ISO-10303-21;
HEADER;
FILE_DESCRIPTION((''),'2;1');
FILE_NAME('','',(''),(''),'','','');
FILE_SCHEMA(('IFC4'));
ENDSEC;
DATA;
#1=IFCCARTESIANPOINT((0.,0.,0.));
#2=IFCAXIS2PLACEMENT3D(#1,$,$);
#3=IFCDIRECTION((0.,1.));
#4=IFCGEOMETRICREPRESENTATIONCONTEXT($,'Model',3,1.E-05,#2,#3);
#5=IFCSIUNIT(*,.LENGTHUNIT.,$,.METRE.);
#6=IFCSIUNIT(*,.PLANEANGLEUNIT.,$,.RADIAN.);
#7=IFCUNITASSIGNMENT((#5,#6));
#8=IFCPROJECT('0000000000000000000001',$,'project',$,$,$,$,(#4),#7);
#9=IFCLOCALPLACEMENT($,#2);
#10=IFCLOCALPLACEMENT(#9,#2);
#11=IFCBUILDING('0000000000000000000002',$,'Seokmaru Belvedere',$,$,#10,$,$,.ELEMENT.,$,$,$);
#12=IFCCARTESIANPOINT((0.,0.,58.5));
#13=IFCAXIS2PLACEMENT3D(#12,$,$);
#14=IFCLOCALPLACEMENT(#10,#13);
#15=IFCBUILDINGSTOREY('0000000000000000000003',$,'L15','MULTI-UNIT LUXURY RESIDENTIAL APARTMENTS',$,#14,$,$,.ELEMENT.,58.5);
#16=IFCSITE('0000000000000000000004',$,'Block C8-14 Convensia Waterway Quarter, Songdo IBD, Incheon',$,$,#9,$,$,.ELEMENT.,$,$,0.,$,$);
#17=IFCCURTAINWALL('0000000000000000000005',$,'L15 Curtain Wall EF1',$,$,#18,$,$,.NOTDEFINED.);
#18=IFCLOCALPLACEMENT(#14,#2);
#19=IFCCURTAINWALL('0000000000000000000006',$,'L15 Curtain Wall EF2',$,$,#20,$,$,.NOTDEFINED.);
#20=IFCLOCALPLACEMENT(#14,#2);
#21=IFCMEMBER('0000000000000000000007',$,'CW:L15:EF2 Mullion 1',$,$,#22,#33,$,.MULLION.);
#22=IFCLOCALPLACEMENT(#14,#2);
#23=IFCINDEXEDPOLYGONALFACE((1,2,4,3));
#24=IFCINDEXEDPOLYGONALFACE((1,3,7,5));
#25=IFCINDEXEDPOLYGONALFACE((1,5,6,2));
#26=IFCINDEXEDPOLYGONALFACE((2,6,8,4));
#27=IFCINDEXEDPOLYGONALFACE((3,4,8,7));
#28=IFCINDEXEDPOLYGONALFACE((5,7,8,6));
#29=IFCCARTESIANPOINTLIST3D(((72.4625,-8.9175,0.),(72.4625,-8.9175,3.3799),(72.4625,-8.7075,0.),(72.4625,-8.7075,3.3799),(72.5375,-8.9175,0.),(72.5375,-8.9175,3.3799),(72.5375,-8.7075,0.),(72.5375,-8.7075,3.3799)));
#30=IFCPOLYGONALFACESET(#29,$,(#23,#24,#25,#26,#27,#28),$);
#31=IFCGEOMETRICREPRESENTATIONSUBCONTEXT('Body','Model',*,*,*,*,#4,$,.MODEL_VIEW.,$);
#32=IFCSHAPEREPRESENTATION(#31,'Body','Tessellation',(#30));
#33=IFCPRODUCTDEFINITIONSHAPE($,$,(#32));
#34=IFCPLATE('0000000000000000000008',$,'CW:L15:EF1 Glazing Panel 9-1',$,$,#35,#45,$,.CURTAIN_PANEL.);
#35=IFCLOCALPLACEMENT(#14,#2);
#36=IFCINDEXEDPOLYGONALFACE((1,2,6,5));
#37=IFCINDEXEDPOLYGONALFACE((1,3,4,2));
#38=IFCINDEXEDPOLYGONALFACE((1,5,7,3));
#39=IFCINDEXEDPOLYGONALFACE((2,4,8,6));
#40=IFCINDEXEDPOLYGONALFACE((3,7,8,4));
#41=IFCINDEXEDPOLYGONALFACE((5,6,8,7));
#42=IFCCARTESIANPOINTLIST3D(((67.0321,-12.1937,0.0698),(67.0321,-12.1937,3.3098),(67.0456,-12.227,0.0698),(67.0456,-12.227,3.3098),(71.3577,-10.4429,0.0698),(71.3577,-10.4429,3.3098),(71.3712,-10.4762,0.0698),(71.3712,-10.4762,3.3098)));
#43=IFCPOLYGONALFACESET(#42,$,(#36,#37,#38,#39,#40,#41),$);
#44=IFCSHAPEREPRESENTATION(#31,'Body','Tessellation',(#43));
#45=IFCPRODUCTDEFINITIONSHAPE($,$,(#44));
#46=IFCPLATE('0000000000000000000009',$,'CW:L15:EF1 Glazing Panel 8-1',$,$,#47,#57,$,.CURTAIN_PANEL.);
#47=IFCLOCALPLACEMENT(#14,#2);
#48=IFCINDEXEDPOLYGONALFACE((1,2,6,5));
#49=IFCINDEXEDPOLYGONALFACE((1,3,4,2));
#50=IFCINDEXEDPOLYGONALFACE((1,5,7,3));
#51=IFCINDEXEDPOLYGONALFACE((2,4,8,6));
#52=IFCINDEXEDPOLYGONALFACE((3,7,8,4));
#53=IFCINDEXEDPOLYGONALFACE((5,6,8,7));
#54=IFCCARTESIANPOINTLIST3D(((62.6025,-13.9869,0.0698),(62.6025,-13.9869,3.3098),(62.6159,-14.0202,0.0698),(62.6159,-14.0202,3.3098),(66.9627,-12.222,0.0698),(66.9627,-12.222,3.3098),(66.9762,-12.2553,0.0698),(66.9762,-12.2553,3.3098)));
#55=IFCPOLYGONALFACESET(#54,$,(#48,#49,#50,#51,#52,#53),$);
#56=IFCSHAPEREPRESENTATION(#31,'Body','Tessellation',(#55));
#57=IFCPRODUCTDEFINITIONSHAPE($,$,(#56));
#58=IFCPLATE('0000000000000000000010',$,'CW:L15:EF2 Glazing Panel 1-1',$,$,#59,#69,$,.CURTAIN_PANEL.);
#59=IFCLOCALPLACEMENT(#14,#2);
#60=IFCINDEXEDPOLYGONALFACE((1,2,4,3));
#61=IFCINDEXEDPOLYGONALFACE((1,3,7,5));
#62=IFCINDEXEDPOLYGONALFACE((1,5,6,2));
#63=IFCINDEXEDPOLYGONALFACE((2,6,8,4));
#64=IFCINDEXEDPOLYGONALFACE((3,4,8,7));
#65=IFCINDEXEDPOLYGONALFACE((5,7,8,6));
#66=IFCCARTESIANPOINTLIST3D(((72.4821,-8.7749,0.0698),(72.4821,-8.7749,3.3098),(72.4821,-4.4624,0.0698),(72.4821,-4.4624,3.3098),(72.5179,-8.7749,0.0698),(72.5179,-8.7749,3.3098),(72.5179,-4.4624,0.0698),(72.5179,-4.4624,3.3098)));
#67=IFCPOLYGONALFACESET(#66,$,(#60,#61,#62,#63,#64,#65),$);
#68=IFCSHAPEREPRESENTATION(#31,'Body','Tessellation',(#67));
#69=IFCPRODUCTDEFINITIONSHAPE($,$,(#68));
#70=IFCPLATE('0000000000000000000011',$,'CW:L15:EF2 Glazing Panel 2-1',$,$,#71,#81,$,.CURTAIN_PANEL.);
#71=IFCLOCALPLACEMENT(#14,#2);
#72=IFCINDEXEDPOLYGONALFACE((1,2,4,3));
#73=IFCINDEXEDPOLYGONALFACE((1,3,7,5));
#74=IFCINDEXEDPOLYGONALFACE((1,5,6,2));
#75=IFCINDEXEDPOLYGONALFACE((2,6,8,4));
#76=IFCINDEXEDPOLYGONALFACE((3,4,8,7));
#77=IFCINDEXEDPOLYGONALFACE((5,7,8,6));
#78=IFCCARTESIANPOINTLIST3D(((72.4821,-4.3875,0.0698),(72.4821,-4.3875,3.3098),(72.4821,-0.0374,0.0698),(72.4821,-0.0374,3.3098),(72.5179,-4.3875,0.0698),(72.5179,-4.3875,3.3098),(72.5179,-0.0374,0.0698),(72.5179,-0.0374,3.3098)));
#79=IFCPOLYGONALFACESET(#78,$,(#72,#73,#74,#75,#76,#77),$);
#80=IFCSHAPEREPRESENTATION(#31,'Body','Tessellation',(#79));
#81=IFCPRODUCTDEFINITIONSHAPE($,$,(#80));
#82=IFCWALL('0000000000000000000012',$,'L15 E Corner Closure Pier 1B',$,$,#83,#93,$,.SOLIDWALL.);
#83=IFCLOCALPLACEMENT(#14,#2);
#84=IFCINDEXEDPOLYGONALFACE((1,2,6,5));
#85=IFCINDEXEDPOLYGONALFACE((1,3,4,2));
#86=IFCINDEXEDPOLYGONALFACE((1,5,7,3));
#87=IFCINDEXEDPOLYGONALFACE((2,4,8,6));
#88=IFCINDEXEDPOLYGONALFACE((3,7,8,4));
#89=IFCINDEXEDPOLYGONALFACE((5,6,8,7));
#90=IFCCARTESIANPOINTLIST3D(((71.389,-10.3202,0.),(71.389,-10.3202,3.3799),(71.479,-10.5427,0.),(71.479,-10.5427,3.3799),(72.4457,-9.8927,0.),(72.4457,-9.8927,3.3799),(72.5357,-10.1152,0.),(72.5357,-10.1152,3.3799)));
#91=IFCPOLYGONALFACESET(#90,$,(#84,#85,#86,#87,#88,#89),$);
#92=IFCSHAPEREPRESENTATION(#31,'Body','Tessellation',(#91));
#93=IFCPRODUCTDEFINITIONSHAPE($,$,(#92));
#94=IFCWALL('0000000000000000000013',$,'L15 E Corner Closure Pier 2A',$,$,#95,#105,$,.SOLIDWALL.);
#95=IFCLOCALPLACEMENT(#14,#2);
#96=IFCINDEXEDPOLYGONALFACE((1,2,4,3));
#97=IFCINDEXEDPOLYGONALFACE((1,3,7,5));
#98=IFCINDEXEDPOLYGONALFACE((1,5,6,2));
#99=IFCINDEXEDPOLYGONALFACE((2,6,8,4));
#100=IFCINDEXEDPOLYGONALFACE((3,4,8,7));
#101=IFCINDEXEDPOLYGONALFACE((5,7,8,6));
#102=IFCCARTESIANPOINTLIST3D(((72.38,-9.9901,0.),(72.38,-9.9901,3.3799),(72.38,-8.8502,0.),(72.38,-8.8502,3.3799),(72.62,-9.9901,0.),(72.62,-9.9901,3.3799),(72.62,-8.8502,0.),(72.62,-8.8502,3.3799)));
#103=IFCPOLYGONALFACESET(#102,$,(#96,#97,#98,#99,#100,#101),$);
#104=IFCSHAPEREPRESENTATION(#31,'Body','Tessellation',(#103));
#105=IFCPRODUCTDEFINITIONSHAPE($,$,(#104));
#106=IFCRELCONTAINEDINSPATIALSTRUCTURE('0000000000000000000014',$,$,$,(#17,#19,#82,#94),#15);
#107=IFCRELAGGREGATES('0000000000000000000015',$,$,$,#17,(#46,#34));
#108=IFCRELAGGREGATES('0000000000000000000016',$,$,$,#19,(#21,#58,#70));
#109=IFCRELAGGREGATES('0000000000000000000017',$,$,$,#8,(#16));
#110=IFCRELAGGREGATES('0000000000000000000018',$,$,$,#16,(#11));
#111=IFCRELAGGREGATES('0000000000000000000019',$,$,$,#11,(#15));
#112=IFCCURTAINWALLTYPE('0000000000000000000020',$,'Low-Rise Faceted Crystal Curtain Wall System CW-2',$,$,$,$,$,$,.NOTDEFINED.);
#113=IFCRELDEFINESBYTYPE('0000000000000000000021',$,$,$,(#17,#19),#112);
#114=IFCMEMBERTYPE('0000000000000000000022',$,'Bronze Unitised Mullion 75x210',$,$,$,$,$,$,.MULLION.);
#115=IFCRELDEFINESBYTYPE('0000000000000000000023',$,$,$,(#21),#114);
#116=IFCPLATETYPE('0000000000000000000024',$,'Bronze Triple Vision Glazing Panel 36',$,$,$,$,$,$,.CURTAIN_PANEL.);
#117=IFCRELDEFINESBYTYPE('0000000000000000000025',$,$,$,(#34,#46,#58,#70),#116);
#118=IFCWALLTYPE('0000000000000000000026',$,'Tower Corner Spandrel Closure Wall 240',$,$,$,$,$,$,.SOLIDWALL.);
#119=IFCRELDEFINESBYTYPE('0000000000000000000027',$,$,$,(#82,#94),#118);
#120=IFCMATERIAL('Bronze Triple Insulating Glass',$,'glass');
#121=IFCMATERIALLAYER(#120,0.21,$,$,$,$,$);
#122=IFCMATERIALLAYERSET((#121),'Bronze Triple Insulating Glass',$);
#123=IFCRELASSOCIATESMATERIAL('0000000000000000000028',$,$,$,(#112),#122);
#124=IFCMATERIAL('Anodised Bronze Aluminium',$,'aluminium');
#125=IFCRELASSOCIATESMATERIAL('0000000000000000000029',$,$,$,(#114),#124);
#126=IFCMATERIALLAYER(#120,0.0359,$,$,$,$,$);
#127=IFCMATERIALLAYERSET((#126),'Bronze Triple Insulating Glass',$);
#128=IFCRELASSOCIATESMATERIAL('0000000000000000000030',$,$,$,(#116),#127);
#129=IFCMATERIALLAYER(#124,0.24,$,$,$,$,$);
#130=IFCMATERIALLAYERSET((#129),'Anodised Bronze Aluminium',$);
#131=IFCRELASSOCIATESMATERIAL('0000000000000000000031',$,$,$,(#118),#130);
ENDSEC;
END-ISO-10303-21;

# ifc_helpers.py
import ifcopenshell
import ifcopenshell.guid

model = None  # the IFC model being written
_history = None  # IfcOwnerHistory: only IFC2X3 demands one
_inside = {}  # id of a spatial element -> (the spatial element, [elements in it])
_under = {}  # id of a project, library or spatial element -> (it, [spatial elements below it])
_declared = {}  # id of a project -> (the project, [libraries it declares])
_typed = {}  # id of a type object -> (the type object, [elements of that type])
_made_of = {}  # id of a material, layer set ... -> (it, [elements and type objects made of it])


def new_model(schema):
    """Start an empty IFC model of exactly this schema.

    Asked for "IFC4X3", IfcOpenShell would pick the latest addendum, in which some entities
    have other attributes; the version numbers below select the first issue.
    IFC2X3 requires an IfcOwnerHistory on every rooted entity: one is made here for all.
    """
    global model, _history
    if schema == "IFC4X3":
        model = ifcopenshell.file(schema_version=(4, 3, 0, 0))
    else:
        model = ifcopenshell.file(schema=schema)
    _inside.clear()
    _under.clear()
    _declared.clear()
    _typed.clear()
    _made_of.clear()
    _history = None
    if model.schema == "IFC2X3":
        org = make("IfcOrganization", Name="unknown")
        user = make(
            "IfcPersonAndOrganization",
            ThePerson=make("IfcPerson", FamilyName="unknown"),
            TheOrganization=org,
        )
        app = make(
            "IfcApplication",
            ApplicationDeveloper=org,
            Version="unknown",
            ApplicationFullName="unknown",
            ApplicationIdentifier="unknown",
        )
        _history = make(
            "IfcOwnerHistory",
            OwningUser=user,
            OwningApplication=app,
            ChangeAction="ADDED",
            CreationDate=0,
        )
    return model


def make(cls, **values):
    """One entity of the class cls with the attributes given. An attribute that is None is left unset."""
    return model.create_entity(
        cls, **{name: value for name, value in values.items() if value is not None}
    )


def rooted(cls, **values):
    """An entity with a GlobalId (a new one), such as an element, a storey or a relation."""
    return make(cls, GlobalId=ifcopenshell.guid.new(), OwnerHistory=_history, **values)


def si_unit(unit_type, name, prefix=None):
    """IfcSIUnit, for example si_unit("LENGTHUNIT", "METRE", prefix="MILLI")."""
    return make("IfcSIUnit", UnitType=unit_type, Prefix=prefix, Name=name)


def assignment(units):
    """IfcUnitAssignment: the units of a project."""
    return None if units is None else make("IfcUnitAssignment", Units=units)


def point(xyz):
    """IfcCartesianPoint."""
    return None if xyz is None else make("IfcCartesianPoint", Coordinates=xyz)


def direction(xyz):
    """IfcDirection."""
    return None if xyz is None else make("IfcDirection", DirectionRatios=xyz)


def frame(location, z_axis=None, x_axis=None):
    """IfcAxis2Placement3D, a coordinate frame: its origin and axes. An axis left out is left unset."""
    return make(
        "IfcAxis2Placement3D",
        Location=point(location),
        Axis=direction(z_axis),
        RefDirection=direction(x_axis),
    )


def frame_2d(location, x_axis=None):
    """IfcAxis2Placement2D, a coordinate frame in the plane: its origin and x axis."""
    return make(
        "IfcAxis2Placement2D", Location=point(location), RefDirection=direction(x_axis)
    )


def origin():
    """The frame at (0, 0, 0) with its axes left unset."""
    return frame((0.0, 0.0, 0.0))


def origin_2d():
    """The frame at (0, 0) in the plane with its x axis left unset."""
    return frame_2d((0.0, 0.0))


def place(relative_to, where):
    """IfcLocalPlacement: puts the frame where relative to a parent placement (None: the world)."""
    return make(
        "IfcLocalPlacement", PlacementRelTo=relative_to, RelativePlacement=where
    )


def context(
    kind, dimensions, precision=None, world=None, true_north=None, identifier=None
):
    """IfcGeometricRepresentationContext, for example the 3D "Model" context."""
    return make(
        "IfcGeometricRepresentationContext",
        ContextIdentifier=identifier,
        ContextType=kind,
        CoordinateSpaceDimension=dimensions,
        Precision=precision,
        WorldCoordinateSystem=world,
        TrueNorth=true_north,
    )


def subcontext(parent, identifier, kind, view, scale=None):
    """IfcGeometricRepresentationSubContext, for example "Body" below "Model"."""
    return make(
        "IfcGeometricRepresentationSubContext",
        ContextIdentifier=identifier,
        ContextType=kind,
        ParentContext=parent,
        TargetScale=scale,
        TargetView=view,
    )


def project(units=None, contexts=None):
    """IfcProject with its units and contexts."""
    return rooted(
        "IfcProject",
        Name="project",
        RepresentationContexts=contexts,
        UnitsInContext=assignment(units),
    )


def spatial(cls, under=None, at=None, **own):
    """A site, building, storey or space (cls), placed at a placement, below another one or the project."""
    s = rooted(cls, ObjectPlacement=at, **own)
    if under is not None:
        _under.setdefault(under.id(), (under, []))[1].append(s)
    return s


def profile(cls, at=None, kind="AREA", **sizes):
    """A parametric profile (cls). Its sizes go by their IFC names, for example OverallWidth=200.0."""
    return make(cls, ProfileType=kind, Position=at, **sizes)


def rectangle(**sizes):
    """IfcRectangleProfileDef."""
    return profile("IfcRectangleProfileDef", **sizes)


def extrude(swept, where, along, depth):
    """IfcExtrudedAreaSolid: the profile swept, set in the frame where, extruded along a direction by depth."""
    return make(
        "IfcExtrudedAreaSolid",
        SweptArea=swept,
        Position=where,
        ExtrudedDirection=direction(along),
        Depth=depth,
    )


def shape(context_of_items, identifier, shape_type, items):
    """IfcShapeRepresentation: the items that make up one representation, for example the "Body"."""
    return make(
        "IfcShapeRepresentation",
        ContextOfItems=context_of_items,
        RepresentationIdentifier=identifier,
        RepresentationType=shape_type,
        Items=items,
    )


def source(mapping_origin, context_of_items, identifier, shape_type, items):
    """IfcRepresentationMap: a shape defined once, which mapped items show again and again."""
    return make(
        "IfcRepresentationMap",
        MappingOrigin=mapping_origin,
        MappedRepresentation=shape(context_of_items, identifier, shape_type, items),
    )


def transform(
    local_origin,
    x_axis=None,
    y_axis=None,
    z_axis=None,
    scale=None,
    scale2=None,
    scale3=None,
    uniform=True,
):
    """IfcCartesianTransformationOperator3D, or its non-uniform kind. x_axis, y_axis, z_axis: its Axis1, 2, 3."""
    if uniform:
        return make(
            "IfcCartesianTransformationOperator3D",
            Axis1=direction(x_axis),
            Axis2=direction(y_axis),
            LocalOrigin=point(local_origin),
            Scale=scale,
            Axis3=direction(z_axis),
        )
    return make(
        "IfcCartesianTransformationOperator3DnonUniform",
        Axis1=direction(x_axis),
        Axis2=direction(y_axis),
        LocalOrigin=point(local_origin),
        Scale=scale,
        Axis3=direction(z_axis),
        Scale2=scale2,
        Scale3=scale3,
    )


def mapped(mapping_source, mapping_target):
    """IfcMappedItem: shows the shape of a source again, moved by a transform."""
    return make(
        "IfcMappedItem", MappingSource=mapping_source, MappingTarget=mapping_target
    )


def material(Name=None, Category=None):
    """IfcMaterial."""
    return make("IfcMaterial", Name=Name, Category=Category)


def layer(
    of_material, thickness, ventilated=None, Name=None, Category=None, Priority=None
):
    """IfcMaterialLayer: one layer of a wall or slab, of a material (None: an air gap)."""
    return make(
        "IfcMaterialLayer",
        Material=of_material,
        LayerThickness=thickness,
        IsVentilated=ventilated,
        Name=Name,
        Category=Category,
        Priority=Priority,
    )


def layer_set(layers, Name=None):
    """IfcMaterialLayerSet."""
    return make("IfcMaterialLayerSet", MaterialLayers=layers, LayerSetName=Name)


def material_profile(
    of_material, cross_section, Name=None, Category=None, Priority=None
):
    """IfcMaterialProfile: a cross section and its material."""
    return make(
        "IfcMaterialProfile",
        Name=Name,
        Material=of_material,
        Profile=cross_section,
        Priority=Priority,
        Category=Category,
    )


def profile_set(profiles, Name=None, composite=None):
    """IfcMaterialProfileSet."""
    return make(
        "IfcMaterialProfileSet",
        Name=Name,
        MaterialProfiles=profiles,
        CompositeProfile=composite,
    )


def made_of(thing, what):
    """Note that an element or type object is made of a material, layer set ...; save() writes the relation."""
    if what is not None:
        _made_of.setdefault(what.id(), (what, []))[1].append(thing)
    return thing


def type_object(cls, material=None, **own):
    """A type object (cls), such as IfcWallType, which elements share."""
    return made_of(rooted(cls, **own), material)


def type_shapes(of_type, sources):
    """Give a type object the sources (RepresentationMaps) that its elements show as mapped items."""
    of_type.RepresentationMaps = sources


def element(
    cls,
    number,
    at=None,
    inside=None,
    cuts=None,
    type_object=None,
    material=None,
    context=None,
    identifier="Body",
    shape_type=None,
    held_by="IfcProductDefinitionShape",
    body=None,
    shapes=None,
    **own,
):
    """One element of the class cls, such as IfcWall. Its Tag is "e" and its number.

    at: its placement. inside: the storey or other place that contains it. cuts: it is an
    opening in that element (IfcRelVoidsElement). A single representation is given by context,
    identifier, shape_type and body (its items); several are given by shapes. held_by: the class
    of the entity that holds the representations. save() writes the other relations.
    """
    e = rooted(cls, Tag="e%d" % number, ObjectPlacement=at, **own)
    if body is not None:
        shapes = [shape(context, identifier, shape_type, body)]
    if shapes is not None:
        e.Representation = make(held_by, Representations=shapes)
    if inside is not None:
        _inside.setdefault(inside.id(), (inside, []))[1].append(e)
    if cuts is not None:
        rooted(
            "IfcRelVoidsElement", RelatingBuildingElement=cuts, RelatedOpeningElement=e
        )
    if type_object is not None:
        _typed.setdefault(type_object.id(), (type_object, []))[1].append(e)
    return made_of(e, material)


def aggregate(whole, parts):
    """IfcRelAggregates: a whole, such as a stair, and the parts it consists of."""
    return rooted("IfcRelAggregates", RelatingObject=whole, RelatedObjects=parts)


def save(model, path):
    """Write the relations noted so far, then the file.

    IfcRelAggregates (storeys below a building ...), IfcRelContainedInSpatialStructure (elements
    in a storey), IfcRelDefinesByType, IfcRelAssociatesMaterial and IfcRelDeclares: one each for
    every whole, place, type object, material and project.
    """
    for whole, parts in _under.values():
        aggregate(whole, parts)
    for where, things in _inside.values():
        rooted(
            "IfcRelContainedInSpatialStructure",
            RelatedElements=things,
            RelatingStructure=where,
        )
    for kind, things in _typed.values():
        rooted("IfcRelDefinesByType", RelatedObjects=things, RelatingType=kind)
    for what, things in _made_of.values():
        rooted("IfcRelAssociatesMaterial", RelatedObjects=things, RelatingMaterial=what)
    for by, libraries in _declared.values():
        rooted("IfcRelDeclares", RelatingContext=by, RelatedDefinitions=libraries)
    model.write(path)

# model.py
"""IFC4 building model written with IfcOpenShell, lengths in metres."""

from ifc_helpers import new_model, si_unit, direction, frame, frame_2d, origin, origin_2d, place, context, subcontext, project, spatial, rectangle, extrude, source, transform, mapped, material, layer, layer_set, material_profile, profile_set, type_object, type_shapes, element, aggregate, save


model = new_model("IFC4")

# Units and contexts
model_context = context("Model", 3, precision=1e-05, world=origin(), true_north=direction((0.0, 1.0)))
body_context = subcontext(model_context, "Body", "Model", "MODEL_VIEW")
ifc_project = project(units=[si_unit("LENGTHUNIT", "METRE"), si_unit("PLANEANGLEUNIT", "RADIAN")], contexts=[model_context])

# Site, building, storey
site_placement = place(None, origin())
site = spatial("IfcSite", under=ifc_project, at=site_placement, Name="Block C8-14 Convensia Waterway Quarter, Songdo IBD, Incheon", CompositionType="ELEMENT", RefElevation=0.0)
building_placement = place(site_placement, origin())
building = spatial("IfcBuilding", under=site, at=building_placement, Name="Seokmaru Belvedere", CompositionType="ELEMENT")
storey_placement = place(building_placement, frame((0.0, 0.0, 58.5)))
storey = spatial("IfcBuildingStorey", under=building, at=storey_placement, Name="L15", Description="MULTI-UNIT LUXURY RESIDENTIAL APARTMENTS", CompositionType="ELEMENT", Elevation=58.5)

# Curtain walls
ifc_material_1 = material(Name="Bronze Triple Insulating Glass", Category="glass")
ifc_layer_1 = layer(ifc_material_1, 0.21)
ifc_layer_set_1 = layer_set([ifc_layer_1], Name="Bronze Triple Insulating Glass")
curtain_wall_type = type_object("IfcCurtainWallType", Name="Low-Rise Faceted Crystal Curtain Wall System CW-2", PredefinedType="NOTDEFINED", material=ifc_layer_set_1)
curtain_wall_1_placement = place(storey_placement, origin())
curtain_wall_1 = element("IfcCurtainWall", 1, at=curtain_wall_1_placement, inside=storey, type_object=curtain_wall_type, Name="L15 Curtain Wall EF1", PredefinedType="NOTDEFINED")
ifc_material_2 = material(Name="Anodised Bronze Aluminium", Category="aluminium")
ifc_material_profile_1 = material_profile(ifc_material_2, rectangle(XDim=0.075, YDim=0.21, at=origin_2d()), Name="CW-M-75x210")
ifc_profile_set_1 = profile_set([ifc_material_profile_1], Name="Anodised Bronze Aluminium")
member_type_1 = type_object("IfcMemberType", Name="Bronze Unitised Mullion 75x210", PredefinedType="MULLION", material=ifc_profile_set_1)
curtain_wall_2_placement = place(storey_placement, origin())
curtain_wall_2 = element("IfcCurtainWall", 2, at=curtain_wall_2_placement, inside=storey, type_object=curtain_wall_type, Name="L15 Curtain Wall EF2", PredefinedType="NOTDEFINED")

# Member
shared_shape_1 = source(origin(), body_context, "Body", "SweptSolid", [
    extrude(rectangle(XDim=0.075, YDim=0.21, at=origin_2d()), origin(), (0.0, 0.0, 1.0), 3.3799),
])
member_1_placement = place(storey_placement, frame((72.5, -8.8125, 0.0), z_axis=(0.0, 0.0, 1.0), x_axis=(-1.0, 0.0, 0.0)))
member_1 = element("IfcMember", 3, at=member_1_placement, type_object=member_type_1, Name="CW:L15:EF2 Mullion 1", PredefinedType="MULLION", context=body_context, shape_type="MappedRepresentation", body=[
    mapped(shared_shape_1, transform((0.0, 0.0, 0.0), scale=1.0)),
])

# Plates
ifc_layer_2 = layer(ifc_material_1, 0.0359)
ifc_layer_set_2 = layer_set([ifc_layer_2], Name="Bronze Triple Insulating Glass")
plate_type = type_object("IfcPlateType", Name="Bronze Triple Vision Glazing Panel 36", PredefinedType="CURTAIN_PANEL", material=ifc_layer_set_2)
shared_shape_2 = source(origin(), body_context, "Body", "SweptSolid", [
    extrude(rectangle(XDim=4.6665, YDim=0.0359, at=origin_2d()), origin(), (0.0, 0.0, 1.0), 3.24),
])
plate_1_placement = place(storey_placement, frame((69.2017, -11.335, 0.0698), z_axis=(0.0, 0.0, 1.0), x_axis=(0.926947, 0.375192, 0.0)))
plate_1 = element("IfcPlate", 4, at=plate_1_placement, type_object=plate_type, Name="CW:L15:EF1 Glazing Panel 9-1", PredefinedType="CURTAIN_PANEL", context=body_context, shape_type="MappedRepresentation", body=[
    mapped(shared_shape_2, transform((0.0, 0.0, 0.0), scale=1.0)),
])
shared_shape_3 = source(origin(), body_context, "Body", "SweptSolid", [
    extrude(rectangle(XDim=4.7039, YDim=0.0359, at=origin_2d()), origin(), (0.0, 0.0, 1.0), 3.24),
])
plate_2_placement = place(storey_placement, frame((64.7893, -13.1211, 0.0698), z_axis=(0.0, 0.0, 1.0), x_axis=(0.926947, 0.375192, 0.0)))
plate_2 = element("IfcPlate", 5, at=plate_2_placement, type_object=plate_type, Name="CW:L15:EF1 Glazing Panel 8-1", PredefinedType="CURTAIN_PANEL", context=body_context, shape_type="MappedRepresentation", body=[
    mapped(shared_shape_3, transform((0.0, 0.0, 0.0), scale=1.0)),
])
aggregate(curtain_wall_1, [plate_2, plate_1])
shared_shape_4 = source(origin(), body_context, "Body", "SweptSolid", [
    extrude(rectangle(XDim=4.3125, YDim=0.0359, at=origin_2d()), origin(), (0.0, 0.0, 1.0), 3.24),
])
plate_3_placement = place(storey_placement, frame((72.5, -6.6187, 0.0698), z_axis=(0.0, 0.0, 1.0), x_axis=(0.0, 1.0, 0.0)))
plate_3 = element("IfcPlate", 6, at=plate_3_placement, type_object=plate_type, Name="CW:L15:EF2 Glazing Panel 1-1", PredefinedType="CURTAIN_PANEL", context=body_context, shape_type="MappedRepresentation", body=[
    mapped(shared_shape_4, transform((0.0, 0.0, 0.0), scale=1.0)),
])
shared_shape_5 = source(origin(), body_context, "Body", "SweptSolid", [
    extrude(rectangle(XDim=4.3501, YDim=0.0359, at=origin_2d()), origin(), (0.0, 0.0, 1.0), 3.24),
])
type_shapes(plate_type, [shared_shape_2, shared_shape_3, shared_shape_4, shared_shape_5])
plate_4_placement = place(storey_placement, frame((72.5, -2.2124, 0.0698), z_axis=(0.0, 0.0, 1.0), x_axis=(0.0, 1.0, 0.0)))
plate_4 = element("IfcPlate", 7, at=plate_4_placement, type_object=plate_type, Name="CW:L15:EF2 Glazing Panel 2-1", PredefinedType="CURTAIN_PANEL", context=body_context, shape_type="MappedRepresentation", body=[
    mapped(shared_shape_5, transform((0.0, 0.0, 0.0), scale=1.0)),
])
aggregate(curtain_wall_2, [member_1, plate_3, plate_4])

# Walls
ifc_layer_3 = layer(ifc_material_2, 0.24)
ifc_layer_set_3 = layer_set([ifc_layer_3], Name="Anodised Bronze Aluminium")
wall_type = type_object("IfcWallType", Name="Tower Corner Spandrel Closure Wall 240", PredefinedType="SOLIDWALL", material=ifc_layer_set_3)
for number, where, z_axis, x_axis, name in (
    (8, (71.4341, -10.4314, 0.0), (0.0, 0.0, 1.0), (0.927007, 0.375044, 0.0), "L15 E Corner Closure Pier 1B"),
    (9, (72.5, -9.99, 0.0), (0.0, 0.0, 1.0), (0.0, 1.0, 0.0), "L15 E Corner Closure Pier 2A"),
):
    element("IfcWall", number, at=place(storey_placement, frame(where, z_axis=z_axis, x_axis=x_axis)), inside=storey, type_object=wall_type, Name=name, PredefinedType="SOLIDWALL", context=body_context, shape_type="SweptSolid", body=[
        extrude(rectangle(XDim=1.1399, YDim=0.24, at=frame_2d((0.5698, 0.0))), origin(), (0.0, 0.0, 1.0), 3.3799),
    ])

save(model, "model.ifc")
